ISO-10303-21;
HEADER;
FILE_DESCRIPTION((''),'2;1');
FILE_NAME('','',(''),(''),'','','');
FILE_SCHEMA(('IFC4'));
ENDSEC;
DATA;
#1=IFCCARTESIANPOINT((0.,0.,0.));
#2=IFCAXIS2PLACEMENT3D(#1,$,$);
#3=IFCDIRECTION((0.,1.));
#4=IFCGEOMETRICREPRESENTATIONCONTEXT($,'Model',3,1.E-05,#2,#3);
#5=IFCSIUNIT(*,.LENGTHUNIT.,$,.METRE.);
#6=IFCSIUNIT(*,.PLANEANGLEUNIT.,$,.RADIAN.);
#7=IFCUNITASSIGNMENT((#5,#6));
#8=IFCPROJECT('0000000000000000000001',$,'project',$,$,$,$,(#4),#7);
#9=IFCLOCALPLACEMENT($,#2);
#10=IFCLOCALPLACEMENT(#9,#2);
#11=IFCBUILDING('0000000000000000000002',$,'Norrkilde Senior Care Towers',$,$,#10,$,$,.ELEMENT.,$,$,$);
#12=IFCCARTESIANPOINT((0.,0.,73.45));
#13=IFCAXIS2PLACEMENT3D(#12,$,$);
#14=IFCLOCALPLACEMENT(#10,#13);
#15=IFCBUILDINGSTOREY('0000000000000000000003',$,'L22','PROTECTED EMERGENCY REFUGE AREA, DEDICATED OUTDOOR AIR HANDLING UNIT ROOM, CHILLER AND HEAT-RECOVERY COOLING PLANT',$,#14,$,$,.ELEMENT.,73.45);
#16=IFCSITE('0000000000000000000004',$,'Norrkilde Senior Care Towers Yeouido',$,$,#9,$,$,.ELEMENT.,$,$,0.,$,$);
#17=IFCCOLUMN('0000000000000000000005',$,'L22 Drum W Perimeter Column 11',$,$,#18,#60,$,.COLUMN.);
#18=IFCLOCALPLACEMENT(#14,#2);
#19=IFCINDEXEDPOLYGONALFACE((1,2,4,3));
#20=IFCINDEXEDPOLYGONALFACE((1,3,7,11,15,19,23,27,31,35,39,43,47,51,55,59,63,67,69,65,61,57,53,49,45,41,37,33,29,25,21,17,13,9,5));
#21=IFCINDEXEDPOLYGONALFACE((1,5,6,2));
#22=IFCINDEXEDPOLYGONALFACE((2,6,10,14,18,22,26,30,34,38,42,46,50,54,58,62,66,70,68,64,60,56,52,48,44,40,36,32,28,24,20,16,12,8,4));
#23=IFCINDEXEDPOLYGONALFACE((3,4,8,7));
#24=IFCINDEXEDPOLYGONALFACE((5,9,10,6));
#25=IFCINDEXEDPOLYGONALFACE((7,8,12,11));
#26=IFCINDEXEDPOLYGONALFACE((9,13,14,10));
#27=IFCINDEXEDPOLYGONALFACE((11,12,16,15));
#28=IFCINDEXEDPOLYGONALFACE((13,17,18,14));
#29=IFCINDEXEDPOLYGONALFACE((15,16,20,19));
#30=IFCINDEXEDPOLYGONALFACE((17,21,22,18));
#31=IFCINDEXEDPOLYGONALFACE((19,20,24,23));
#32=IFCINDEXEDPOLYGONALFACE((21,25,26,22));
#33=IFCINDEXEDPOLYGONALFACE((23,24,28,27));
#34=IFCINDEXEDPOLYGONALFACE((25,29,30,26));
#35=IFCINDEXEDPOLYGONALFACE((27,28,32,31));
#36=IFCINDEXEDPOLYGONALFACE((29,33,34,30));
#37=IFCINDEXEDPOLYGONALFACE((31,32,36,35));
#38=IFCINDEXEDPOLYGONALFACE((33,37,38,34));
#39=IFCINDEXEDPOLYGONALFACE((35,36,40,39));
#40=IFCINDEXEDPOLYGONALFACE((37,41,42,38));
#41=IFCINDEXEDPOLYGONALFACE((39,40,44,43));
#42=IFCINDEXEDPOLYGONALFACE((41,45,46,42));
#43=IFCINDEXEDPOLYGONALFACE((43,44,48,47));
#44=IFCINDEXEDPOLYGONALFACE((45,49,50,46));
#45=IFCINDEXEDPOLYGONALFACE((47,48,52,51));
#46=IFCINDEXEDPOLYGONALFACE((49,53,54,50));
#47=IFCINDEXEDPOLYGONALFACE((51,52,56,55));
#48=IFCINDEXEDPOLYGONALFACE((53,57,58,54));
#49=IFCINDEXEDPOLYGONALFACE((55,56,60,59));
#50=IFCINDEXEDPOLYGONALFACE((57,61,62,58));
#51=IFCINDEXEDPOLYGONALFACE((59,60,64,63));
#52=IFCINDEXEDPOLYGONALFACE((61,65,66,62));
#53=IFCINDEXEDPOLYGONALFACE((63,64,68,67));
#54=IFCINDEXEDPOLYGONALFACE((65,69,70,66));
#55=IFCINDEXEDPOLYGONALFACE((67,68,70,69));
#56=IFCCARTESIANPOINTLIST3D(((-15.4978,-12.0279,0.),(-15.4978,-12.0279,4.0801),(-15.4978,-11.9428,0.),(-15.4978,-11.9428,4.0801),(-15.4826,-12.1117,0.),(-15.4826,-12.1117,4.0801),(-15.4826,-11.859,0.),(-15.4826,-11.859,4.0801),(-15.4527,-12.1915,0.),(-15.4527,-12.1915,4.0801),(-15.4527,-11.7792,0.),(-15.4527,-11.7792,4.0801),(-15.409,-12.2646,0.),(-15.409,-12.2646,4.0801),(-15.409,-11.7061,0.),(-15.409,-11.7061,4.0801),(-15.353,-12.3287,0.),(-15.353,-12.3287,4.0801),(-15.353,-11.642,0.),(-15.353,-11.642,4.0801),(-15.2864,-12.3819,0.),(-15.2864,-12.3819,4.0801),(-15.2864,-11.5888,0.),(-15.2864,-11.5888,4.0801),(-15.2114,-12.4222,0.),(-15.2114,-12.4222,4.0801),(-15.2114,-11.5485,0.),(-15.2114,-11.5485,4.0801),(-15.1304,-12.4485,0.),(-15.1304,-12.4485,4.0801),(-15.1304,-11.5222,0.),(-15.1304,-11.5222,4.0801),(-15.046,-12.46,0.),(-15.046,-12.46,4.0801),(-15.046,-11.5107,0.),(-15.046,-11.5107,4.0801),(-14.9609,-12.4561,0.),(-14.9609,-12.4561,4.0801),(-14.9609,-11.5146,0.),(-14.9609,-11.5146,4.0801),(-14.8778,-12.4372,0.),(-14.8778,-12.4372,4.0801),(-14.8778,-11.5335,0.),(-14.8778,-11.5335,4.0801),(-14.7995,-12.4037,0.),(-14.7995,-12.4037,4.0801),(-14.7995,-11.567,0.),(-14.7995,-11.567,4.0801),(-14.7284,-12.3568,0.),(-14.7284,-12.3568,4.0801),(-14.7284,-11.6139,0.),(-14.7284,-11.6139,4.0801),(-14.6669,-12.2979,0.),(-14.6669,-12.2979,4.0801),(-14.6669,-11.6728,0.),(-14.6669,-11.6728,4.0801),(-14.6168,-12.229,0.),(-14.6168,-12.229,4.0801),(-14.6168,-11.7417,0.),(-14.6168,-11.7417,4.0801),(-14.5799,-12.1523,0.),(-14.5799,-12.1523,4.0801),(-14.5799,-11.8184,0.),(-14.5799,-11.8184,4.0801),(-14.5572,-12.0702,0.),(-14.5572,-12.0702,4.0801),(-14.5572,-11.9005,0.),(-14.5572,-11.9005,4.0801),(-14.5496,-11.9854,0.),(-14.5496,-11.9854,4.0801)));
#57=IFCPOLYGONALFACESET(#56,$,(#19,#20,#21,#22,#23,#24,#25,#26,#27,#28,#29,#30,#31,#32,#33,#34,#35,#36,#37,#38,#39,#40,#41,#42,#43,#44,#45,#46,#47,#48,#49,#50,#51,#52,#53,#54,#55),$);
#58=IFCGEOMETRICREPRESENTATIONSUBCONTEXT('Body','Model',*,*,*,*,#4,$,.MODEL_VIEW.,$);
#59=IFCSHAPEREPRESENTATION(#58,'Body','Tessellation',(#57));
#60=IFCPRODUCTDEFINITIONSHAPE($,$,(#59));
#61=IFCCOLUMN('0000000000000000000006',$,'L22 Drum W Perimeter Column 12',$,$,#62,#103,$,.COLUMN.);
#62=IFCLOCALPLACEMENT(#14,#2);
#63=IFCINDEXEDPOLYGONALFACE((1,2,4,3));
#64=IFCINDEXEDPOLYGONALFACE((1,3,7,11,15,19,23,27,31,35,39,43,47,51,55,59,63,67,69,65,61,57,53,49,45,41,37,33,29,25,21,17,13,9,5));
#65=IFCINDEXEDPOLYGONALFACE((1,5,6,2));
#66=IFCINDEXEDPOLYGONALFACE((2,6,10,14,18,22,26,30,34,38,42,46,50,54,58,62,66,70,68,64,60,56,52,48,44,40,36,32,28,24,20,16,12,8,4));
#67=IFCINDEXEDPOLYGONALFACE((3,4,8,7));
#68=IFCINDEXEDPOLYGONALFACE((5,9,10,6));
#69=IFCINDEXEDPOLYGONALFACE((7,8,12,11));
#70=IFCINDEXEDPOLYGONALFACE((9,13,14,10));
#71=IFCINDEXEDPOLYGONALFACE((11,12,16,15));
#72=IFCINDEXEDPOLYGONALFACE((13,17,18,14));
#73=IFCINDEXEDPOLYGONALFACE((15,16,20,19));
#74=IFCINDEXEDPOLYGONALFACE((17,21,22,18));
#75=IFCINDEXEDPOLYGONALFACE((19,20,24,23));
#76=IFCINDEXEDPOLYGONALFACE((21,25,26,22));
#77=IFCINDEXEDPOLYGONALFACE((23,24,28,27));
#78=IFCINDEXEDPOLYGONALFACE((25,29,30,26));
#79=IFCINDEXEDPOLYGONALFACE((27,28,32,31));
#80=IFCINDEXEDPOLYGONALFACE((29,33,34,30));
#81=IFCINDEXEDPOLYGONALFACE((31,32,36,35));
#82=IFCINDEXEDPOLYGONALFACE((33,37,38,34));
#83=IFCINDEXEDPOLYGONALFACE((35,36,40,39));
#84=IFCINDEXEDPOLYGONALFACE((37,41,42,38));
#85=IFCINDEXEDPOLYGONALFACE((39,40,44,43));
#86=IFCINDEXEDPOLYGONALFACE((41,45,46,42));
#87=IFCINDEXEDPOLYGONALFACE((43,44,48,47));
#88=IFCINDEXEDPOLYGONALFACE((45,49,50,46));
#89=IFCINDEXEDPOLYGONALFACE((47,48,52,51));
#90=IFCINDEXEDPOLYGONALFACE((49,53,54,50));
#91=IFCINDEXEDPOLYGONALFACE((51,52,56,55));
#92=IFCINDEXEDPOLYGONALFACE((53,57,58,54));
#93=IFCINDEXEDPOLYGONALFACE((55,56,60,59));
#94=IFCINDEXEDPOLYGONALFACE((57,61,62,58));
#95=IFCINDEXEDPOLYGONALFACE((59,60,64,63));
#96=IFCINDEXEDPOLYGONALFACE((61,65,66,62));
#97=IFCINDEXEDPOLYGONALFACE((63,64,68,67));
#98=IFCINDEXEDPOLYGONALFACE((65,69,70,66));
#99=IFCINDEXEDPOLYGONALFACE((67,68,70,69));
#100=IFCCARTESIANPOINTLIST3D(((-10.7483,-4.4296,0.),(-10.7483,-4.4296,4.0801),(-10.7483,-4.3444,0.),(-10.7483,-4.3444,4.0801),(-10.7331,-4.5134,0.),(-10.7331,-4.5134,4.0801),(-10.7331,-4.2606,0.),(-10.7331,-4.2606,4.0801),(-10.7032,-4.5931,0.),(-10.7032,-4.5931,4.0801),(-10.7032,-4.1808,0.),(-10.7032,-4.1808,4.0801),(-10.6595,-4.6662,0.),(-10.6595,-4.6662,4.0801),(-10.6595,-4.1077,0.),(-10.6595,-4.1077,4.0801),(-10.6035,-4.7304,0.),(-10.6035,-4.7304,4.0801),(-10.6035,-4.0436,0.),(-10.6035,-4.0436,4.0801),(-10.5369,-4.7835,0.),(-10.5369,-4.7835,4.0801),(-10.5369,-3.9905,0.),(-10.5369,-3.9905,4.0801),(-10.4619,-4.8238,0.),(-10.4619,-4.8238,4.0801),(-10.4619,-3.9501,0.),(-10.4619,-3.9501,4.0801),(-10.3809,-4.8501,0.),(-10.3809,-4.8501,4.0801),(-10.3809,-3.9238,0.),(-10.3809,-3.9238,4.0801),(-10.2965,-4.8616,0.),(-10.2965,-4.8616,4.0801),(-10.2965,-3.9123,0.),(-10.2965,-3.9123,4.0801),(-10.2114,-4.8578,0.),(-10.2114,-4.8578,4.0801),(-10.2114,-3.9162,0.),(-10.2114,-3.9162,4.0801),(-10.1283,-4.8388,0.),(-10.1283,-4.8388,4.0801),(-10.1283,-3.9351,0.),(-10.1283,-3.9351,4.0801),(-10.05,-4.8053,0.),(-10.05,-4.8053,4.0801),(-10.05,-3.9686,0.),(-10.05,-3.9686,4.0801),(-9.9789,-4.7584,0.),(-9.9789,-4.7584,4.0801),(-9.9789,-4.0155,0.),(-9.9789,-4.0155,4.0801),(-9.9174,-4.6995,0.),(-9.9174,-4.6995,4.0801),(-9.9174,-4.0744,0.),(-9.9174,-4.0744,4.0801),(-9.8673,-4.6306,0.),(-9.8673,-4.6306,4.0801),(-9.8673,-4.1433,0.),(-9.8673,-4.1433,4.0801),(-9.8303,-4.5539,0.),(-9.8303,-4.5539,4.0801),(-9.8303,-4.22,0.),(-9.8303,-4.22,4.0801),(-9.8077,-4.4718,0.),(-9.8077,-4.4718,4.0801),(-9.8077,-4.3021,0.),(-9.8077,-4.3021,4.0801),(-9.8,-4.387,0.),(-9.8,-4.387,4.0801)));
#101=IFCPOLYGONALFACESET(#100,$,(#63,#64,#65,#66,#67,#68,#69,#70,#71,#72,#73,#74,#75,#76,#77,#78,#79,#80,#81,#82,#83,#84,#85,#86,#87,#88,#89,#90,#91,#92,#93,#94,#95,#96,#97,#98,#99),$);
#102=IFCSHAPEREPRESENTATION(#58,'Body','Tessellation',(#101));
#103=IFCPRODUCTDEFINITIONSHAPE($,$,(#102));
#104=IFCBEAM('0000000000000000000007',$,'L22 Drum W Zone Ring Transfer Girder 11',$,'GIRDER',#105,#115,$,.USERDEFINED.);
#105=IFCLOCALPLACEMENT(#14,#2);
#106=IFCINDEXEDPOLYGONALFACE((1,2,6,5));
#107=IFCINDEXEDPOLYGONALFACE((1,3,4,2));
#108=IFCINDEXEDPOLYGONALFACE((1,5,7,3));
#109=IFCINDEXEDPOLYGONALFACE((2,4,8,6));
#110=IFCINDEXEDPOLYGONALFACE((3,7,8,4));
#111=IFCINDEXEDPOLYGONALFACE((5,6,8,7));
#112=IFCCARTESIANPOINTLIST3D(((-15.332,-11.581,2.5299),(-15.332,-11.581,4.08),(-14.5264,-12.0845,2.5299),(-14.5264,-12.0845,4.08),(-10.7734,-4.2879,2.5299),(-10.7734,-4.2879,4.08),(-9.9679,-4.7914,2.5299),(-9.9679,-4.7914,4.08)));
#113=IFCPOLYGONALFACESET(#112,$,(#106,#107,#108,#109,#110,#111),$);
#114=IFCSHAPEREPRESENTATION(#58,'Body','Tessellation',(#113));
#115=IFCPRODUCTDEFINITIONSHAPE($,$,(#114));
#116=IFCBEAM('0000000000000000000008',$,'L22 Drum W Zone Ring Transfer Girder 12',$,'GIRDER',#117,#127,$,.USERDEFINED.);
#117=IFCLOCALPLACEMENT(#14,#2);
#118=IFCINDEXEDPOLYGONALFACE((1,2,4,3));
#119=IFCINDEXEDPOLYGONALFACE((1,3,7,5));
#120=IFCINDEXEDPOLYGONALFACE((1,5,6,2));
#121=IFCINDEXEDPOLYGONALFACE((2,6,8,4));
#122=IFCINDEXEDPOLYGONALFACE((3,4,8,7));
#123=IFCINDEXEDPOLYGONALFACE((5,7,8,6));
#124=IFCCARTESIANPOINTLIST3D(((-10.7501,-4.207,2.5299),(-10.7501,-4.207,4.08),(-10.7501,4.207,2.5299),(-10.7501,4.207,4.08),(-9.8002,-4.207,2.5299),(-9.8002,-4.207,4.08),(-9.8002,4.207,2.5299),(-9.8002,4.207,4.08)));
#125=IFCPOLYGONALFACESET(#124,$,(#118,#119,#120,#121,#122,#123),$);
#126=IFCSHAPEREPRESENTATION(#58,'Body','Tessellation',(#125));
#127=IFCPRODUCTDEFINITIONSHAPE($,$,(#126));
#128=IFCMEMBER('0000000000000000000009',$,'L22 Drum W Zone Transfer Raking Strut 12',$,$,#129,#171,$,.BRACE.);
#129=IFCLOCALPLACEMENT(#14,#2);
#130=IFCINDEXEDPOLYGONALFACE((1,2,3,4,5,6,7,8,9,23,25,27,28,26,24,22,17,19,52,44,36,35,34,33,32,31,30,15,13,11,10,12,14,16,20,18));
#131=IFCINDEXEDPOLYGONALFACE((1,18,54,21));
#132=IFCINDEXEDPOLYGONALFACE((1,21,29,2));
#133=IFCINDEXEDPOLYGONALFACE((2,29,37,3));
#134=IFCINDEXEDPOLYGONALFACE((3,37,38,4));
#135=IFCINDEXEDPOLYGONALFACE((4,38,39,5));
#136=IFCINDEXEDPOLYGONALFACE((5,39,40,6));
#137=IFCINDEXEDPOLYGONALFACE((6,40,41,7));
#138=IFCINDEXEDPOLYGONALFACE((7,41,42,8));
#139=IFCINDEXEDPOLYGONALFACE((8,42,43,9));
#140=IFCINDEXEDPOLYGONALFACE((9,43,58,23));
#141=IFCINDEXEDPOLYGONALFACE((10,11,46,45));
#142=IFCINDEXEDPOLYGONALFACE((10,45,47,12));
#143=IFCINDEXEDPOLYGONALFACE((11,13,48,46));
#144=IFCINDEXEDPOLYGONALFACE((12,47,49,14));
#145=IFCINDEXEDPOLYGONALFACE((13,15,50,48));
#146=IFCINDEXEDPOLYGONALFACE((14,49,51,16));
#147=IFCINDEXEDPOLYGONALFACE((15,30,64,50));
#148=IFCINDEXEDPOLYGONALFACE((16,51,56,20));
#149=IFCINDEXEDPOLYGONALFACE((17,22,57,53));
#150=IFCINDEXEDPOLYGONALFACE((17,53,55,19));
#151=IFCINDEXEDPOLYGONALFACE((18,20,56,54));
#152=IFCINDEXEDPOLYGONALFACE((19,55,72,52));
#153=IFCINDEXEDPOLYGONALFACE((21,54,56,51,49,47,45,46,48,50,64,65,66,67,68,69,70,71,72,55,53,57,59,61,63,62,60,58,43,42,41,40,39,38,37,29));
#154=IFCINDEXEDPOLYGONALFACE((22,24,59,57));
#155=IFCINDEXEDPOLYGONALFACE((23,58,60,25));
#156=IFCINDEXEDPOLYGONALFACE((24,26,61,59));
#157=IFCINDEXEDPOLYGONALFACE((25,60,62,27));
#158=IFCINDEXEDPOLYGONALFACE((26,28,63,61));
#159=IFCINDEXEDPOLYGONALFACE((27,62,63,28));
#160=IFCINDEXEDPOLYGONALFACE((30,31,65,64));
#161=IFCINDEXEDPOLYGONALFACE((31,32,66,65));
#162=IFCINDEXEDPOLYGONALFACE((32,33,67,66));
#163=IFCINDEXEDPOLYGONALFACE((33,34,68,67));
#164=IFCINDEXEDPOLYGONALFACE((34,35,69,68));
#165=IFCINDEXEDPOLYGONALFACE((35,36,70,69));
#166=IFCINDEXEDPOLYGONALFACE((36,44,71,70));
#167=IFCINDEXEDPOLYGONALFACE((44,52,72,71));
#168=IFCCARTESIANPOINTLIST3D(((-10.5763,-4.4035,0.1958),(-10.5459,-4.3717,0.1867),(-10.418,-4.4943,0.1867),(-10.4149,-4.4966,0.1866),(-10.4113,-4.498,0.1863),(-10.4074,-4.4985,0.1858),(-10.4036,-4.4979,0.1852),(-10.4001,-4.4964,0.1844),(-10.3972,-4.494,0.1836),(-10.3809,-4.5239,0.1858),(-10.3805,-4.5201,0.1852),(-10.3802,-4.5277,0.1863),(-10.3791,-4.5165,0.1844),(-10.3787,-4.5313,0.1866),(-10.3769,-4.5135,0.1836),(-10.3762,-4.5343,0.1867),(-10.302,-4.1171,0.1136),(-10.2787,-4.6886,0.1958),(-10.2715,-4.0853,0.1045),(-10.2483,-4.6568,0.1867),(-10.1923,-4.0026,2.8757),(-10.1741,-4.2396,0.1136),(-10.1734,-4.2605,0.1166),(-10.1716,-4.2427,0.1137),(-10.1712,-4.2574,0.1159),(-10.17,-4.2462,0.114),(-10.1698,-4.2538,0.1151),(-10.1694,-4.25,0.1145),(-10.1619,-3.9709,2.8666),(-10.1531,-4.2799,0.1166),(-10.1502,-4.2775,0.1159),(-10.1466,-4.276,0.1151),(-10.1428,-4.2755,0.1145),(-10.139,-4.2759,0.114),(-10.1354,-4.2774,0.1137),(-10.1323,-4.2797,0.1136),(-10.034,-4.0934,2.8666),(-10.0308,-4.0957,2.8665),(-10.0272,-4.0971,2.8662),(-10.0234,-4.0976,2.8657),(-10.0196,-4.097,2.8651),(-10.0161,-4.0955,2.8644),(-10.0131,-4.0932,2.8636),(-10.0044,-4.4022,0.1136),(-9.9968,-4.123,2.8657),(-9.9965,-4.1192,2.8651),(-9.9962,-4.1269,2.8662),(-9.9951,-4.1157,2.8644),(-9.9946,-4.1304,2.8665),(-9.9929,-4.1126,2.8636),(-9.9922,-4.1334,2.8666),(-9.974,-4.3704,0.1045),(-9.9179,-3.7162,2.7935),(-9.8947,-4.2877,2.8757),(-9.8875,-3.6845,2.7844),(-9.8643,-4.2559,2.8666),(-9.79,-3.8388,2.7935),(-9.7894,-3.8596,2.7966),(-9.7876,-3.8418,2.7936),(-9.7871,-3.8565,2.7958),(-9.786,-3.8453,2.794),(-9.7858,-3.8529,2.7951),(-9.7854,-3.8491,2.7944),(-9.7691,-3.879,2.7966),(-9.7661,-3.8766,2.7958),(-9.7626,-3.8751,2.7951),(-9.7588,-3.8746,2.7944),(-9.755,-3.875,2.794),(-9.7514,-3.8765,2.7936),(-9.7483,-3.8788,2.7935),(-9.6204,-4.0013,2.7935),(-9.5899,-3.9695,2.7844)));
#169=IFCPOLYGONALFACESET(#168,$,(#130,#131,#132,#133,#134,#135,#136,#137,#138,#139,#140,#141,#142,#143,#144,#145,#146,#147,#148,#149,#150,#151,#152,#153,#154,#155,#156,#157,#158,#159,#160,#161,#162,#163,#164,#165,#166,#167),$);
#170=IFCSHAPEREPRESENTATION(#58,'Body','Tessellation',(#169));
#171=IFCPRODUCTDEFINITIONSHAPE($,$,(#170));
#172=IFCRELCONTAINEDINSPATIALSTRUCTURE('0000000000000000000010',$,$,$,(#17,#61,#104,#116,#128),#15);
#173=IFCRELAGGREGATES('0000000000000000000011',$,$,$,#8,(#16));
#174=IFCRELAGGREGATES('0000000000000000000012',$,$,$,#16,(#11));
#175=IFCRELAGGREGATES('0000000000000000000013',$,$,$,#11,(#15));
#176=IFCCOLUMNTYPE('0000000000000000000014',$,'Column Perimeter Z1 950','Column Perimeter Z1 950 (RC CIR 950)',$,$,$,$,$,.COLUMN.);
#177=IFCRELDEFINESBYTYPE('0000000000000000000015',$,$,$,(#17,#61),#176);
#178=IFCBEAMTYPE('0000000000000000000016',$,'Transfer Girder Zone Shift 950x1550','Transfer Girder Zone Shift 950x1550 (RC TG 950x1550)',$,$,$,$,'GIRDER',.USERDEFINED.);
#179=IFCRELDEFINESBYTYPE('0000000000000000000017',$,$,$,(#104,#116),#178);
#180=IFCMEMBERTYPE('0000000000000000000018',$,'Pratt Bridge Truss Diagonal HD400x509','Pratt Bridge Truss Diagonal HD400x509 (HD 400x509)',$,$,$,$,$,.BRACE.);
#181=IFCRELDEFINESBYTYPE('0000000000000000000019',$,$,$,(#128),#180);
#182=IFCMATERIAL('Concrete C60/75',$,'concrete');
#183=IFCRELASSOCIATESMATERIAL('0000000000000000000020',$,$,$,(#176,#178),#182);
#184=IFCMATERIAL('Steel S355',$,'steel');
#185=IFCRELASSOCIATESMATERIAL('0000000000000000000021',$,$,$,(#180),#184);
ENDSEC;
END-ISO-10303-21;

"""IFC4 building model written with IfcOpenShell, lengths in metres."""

from ifc_helpers import new_model, si_unit, direction, frame, origin, origin_2d, place, context, subcontext, project, spatial, rectangle, circle, i_section, extrude, source, transform, mapped, material, material_profile, profile_set, type_object, type_shapes, element, save


model = new_model("IFC4")

# Units and contexts
model_context = context("Model", 3, precision=1e-05, world=origin(), true_north=direction((0.0, 1.0)))
body_context = subcontext(model_context, "Body", "Model", "MODEL_VIEW")
ifc_project = project(units=[si_unit("LENGTHUNIT", "METRE"), si_unit("PLANEANGLEUNIT", "RADIAN")], contexts=[model_context])

# Site, building, storey
site_placement = place(None, origin())
site = spatial("IfcSite", under=ifc_project, at=site_placement, Name="Norrkilde Senior Care Towers Yeouido", CompositionType="ELEMENT", RefElevation=0.0)
building_placement = place(site_placement, origin())
building = spatial("IfcBuilding", under=site, at=building_placement, Name="Norrkilde Senior Care Towers", CompositionType="ELEMENT")
storey_placement = place(building_placement, frame((0.0, 0.0, 73.45)))
storey = spatial("IfcBuildingStorey", under=building, at=storey_placement, Name="L22", Description="PROTECTED EMERGENCY REFUGE AREA, DEDICATED OUTDOOR AIR HANDLING UNIT ROOM, CHILLER AND HEAT-RECOVERY COOLING PLANT", CompositionType="ELEMENT", Elevation=73.45)

# Columns
ifc_material_1 = material(Name="Concrete C60/75", Category="concrete")
ifc_material_profile_1 = material_profile(ifc_material_1, circle(Radius=0.4751, at=origin_2d()), Name="RC CIR 950")
ifc_profile_set_1 = profile_set([ifc_material_profile_1], Name="Concrete C60/75")
column_type = type_object("IfcColumnType", Name="Column Perimeter Z1 950", Description="Column Perimeter Z1 950 (RC CIR 950)", PredefinedType="COLUMN", material=ifc_profile_set_1)
shared_shape_1 = source(origin(), body_context, "Body", "SweptSolid", [
    extrude(circle(Radius=0.4751, at=origin_2d()), origin(), (0.0, 0.0, 1.0), 4.0801),
])
type_shapes(column_type, [shared_shape_1])
for number, where, z_axis, x_axis, name in (
    (1, (-15.0247, -11.9854, 0.0), (0.0, 0.0, 1.0), (1.0, 0.0, 0.0), "L22 Drum W Perimeter Column 11"),
    (2, (-10.2751, -4.387, 0.0), (0.0, 0.0, 1.0), (1.0, 0.0, 0.0), "L22 Drum W Perimeter Column 12"),
):
    element("IfcColumn", number, at=place(storey_placement, frame(where, z_axis=z_axis, x_axis=x_axis)), inside=storey, type_object=column_type, Name=name, PredefinedType="COLUMN", context=body_context, shape_type="MappedRepresentation", body=[
        mapped(shared_shape_1, transform((0.0, 0.0, 0.0), x_axis=(1.0, 0.0, 0.0), y_axis=(0.0, 1.0, 0.0), z_axis=(0.0, 0.0, 1.0), scale=1.0)),
    ])

# Beams
ifc_material_profile_2 = material_profile(ifc_material_1, rectangle(XDim=0.95, YDim=1.55, at=origin_2d()), Name="RC TG 950x1550")
ifc_profile_set_2 = profile_set([ifc_material_profile_2], Name="Concrete C60/75")
beam_type = type_object("IfcBeamType", Name="Transfer Girder Zone Shift 950x1550", Description="Transfer Girder Zone Shift 950x1550 (RC TG 950x1550)", ElementType="GIRDER", PredefinedType="USERDEFINED", material=ifc_profile_set_2)
shared_shape_2 = source(origin(), body_context, "Body", "SweptSolid", [
    extrude(rectangle(XDim=0.95, YDim=1.55, at=origin_2d()), origin(), (0.0, 0.0, 1.0), 8.6006),
])
beam_1_placement = place(storey_placement, frame((-14.9292, -11.8328, 3.3049), z_axis=(0.530027, 0.847981, 0.0), x_axis=(-0.847981, 0.530027, 0.0)))
element("IfcBeam", 3, at=beam_1_placement, inside=storey, type_object=beam_type, Name="L22 Drum W Zone Ring Transfer Girder 11", ObjectType="GIRDER", PredefinedType="USERDEFINED", context=body_context, shape_type="MappedRepresentation", body=[
    mapped(shared_shape_2, transform((0.0, 0.0, 0.0), x_axis=(1.0, 0.0, 0.0), y_axis=(0.0, 1.0, 0.0), z_axis=(0.0, 0.0, 1.0), scale=1.0)),
])
shared_shape_3 = source(origin(), body_context, "Body", "SweptSolid", [
    extrude(rectangle(XDim=0.95, YDim=1.55, at=origin_2d()), origin(), (0.0, 0.0, 1.0), 8.4141),
])
type_shapes(beam_type, [shared_shape_2, shared_shape_3])
beam_2_placement = place(storey_placement, frame((-10.2751, -4.207, 3.3049), z_axis=(0.0, 1.0, 0.0), x_axis=(-1.0, 0.0, 0.0)))
element("IfcBeam", 4, at=beam_2_placement, inside=storey, type_object=beam_type, Name="L22 Drum W Zone Ring Transfer Girder 12", ObjectType="GIRDER", PredefinedType="USERDEFINED", context=body_context, shape_type="MappedRepresentation", body=[
    mapped(shared_shape_3, transform((0.0, 0.0, 0.0), x_axis=(1.0, 0.0, 0.0), y_axis=(0.0, 1.0, 0.0), z_axis=(0.0, 0.0, 1.0), scale=1.0)),
])

# Member
ifc_material_2 = material(Name="Steel S355", Category="steel")
ifc_material_profile_3 = material_profile(ifc_material_2, i_section(OverallWidth=0.4121, OverallDepth=0.45, WebThickness=0.0281, FlangeThickness=0.0449, FilletRadius=0.0149, at=origin_2d()), Name="HD 400x509")
ifc_profile_set_3 = profile_set([ifc_material_profile_3], Name="Steel S355")
member_type_1 = type_object("IfcMemberType", Name="Pratt Bridge Truss Diagonal HD400x509", Description="Pratt Bridge Truss Diagonal HD400x509 (HD 400x509)", PredefinedType="BRACE", material=ifc_profile_set_3)
shared_shape_4 = source(origin(), body_context, "Body", "SweptSolid", [
    extrude(i_section(OverallWidth=0.4121, OverallDepth=0.45, WebThickness=0.0281, FlangeThickness=0.0449, FilletRadius=0.0149, at=origin_2d()), origin(), (0.0, 0.0, 1.0), 2.7368),
])
member_1_placement = place(storey_placement, frame((-10.2751, -4.387, 0.1501), z_axis=(0.140321, 0.146476, 0.979211), x_axis=(-0.722116, 0.691772, 0.0)))
element("IfcMember", 5, at=member_1_placement, inside=storey, type_object=member_type_1, Name="L22 Drum W Zone Transfer Raking Strut 12", PredefinedType="BRACE", context=body_context, shape_type="MappedRepresentation", body=[
    mapped(shared_shape_4, transform((0.0, 0.0, 0.0), x_axis=(1.0, 0.0, 0.0), y_axis=(0.0, 1.0, 0.0), z_axis=(0.0, 0.0, 1.0), scale=1.0)),
])

save(model, "model.ifc")
